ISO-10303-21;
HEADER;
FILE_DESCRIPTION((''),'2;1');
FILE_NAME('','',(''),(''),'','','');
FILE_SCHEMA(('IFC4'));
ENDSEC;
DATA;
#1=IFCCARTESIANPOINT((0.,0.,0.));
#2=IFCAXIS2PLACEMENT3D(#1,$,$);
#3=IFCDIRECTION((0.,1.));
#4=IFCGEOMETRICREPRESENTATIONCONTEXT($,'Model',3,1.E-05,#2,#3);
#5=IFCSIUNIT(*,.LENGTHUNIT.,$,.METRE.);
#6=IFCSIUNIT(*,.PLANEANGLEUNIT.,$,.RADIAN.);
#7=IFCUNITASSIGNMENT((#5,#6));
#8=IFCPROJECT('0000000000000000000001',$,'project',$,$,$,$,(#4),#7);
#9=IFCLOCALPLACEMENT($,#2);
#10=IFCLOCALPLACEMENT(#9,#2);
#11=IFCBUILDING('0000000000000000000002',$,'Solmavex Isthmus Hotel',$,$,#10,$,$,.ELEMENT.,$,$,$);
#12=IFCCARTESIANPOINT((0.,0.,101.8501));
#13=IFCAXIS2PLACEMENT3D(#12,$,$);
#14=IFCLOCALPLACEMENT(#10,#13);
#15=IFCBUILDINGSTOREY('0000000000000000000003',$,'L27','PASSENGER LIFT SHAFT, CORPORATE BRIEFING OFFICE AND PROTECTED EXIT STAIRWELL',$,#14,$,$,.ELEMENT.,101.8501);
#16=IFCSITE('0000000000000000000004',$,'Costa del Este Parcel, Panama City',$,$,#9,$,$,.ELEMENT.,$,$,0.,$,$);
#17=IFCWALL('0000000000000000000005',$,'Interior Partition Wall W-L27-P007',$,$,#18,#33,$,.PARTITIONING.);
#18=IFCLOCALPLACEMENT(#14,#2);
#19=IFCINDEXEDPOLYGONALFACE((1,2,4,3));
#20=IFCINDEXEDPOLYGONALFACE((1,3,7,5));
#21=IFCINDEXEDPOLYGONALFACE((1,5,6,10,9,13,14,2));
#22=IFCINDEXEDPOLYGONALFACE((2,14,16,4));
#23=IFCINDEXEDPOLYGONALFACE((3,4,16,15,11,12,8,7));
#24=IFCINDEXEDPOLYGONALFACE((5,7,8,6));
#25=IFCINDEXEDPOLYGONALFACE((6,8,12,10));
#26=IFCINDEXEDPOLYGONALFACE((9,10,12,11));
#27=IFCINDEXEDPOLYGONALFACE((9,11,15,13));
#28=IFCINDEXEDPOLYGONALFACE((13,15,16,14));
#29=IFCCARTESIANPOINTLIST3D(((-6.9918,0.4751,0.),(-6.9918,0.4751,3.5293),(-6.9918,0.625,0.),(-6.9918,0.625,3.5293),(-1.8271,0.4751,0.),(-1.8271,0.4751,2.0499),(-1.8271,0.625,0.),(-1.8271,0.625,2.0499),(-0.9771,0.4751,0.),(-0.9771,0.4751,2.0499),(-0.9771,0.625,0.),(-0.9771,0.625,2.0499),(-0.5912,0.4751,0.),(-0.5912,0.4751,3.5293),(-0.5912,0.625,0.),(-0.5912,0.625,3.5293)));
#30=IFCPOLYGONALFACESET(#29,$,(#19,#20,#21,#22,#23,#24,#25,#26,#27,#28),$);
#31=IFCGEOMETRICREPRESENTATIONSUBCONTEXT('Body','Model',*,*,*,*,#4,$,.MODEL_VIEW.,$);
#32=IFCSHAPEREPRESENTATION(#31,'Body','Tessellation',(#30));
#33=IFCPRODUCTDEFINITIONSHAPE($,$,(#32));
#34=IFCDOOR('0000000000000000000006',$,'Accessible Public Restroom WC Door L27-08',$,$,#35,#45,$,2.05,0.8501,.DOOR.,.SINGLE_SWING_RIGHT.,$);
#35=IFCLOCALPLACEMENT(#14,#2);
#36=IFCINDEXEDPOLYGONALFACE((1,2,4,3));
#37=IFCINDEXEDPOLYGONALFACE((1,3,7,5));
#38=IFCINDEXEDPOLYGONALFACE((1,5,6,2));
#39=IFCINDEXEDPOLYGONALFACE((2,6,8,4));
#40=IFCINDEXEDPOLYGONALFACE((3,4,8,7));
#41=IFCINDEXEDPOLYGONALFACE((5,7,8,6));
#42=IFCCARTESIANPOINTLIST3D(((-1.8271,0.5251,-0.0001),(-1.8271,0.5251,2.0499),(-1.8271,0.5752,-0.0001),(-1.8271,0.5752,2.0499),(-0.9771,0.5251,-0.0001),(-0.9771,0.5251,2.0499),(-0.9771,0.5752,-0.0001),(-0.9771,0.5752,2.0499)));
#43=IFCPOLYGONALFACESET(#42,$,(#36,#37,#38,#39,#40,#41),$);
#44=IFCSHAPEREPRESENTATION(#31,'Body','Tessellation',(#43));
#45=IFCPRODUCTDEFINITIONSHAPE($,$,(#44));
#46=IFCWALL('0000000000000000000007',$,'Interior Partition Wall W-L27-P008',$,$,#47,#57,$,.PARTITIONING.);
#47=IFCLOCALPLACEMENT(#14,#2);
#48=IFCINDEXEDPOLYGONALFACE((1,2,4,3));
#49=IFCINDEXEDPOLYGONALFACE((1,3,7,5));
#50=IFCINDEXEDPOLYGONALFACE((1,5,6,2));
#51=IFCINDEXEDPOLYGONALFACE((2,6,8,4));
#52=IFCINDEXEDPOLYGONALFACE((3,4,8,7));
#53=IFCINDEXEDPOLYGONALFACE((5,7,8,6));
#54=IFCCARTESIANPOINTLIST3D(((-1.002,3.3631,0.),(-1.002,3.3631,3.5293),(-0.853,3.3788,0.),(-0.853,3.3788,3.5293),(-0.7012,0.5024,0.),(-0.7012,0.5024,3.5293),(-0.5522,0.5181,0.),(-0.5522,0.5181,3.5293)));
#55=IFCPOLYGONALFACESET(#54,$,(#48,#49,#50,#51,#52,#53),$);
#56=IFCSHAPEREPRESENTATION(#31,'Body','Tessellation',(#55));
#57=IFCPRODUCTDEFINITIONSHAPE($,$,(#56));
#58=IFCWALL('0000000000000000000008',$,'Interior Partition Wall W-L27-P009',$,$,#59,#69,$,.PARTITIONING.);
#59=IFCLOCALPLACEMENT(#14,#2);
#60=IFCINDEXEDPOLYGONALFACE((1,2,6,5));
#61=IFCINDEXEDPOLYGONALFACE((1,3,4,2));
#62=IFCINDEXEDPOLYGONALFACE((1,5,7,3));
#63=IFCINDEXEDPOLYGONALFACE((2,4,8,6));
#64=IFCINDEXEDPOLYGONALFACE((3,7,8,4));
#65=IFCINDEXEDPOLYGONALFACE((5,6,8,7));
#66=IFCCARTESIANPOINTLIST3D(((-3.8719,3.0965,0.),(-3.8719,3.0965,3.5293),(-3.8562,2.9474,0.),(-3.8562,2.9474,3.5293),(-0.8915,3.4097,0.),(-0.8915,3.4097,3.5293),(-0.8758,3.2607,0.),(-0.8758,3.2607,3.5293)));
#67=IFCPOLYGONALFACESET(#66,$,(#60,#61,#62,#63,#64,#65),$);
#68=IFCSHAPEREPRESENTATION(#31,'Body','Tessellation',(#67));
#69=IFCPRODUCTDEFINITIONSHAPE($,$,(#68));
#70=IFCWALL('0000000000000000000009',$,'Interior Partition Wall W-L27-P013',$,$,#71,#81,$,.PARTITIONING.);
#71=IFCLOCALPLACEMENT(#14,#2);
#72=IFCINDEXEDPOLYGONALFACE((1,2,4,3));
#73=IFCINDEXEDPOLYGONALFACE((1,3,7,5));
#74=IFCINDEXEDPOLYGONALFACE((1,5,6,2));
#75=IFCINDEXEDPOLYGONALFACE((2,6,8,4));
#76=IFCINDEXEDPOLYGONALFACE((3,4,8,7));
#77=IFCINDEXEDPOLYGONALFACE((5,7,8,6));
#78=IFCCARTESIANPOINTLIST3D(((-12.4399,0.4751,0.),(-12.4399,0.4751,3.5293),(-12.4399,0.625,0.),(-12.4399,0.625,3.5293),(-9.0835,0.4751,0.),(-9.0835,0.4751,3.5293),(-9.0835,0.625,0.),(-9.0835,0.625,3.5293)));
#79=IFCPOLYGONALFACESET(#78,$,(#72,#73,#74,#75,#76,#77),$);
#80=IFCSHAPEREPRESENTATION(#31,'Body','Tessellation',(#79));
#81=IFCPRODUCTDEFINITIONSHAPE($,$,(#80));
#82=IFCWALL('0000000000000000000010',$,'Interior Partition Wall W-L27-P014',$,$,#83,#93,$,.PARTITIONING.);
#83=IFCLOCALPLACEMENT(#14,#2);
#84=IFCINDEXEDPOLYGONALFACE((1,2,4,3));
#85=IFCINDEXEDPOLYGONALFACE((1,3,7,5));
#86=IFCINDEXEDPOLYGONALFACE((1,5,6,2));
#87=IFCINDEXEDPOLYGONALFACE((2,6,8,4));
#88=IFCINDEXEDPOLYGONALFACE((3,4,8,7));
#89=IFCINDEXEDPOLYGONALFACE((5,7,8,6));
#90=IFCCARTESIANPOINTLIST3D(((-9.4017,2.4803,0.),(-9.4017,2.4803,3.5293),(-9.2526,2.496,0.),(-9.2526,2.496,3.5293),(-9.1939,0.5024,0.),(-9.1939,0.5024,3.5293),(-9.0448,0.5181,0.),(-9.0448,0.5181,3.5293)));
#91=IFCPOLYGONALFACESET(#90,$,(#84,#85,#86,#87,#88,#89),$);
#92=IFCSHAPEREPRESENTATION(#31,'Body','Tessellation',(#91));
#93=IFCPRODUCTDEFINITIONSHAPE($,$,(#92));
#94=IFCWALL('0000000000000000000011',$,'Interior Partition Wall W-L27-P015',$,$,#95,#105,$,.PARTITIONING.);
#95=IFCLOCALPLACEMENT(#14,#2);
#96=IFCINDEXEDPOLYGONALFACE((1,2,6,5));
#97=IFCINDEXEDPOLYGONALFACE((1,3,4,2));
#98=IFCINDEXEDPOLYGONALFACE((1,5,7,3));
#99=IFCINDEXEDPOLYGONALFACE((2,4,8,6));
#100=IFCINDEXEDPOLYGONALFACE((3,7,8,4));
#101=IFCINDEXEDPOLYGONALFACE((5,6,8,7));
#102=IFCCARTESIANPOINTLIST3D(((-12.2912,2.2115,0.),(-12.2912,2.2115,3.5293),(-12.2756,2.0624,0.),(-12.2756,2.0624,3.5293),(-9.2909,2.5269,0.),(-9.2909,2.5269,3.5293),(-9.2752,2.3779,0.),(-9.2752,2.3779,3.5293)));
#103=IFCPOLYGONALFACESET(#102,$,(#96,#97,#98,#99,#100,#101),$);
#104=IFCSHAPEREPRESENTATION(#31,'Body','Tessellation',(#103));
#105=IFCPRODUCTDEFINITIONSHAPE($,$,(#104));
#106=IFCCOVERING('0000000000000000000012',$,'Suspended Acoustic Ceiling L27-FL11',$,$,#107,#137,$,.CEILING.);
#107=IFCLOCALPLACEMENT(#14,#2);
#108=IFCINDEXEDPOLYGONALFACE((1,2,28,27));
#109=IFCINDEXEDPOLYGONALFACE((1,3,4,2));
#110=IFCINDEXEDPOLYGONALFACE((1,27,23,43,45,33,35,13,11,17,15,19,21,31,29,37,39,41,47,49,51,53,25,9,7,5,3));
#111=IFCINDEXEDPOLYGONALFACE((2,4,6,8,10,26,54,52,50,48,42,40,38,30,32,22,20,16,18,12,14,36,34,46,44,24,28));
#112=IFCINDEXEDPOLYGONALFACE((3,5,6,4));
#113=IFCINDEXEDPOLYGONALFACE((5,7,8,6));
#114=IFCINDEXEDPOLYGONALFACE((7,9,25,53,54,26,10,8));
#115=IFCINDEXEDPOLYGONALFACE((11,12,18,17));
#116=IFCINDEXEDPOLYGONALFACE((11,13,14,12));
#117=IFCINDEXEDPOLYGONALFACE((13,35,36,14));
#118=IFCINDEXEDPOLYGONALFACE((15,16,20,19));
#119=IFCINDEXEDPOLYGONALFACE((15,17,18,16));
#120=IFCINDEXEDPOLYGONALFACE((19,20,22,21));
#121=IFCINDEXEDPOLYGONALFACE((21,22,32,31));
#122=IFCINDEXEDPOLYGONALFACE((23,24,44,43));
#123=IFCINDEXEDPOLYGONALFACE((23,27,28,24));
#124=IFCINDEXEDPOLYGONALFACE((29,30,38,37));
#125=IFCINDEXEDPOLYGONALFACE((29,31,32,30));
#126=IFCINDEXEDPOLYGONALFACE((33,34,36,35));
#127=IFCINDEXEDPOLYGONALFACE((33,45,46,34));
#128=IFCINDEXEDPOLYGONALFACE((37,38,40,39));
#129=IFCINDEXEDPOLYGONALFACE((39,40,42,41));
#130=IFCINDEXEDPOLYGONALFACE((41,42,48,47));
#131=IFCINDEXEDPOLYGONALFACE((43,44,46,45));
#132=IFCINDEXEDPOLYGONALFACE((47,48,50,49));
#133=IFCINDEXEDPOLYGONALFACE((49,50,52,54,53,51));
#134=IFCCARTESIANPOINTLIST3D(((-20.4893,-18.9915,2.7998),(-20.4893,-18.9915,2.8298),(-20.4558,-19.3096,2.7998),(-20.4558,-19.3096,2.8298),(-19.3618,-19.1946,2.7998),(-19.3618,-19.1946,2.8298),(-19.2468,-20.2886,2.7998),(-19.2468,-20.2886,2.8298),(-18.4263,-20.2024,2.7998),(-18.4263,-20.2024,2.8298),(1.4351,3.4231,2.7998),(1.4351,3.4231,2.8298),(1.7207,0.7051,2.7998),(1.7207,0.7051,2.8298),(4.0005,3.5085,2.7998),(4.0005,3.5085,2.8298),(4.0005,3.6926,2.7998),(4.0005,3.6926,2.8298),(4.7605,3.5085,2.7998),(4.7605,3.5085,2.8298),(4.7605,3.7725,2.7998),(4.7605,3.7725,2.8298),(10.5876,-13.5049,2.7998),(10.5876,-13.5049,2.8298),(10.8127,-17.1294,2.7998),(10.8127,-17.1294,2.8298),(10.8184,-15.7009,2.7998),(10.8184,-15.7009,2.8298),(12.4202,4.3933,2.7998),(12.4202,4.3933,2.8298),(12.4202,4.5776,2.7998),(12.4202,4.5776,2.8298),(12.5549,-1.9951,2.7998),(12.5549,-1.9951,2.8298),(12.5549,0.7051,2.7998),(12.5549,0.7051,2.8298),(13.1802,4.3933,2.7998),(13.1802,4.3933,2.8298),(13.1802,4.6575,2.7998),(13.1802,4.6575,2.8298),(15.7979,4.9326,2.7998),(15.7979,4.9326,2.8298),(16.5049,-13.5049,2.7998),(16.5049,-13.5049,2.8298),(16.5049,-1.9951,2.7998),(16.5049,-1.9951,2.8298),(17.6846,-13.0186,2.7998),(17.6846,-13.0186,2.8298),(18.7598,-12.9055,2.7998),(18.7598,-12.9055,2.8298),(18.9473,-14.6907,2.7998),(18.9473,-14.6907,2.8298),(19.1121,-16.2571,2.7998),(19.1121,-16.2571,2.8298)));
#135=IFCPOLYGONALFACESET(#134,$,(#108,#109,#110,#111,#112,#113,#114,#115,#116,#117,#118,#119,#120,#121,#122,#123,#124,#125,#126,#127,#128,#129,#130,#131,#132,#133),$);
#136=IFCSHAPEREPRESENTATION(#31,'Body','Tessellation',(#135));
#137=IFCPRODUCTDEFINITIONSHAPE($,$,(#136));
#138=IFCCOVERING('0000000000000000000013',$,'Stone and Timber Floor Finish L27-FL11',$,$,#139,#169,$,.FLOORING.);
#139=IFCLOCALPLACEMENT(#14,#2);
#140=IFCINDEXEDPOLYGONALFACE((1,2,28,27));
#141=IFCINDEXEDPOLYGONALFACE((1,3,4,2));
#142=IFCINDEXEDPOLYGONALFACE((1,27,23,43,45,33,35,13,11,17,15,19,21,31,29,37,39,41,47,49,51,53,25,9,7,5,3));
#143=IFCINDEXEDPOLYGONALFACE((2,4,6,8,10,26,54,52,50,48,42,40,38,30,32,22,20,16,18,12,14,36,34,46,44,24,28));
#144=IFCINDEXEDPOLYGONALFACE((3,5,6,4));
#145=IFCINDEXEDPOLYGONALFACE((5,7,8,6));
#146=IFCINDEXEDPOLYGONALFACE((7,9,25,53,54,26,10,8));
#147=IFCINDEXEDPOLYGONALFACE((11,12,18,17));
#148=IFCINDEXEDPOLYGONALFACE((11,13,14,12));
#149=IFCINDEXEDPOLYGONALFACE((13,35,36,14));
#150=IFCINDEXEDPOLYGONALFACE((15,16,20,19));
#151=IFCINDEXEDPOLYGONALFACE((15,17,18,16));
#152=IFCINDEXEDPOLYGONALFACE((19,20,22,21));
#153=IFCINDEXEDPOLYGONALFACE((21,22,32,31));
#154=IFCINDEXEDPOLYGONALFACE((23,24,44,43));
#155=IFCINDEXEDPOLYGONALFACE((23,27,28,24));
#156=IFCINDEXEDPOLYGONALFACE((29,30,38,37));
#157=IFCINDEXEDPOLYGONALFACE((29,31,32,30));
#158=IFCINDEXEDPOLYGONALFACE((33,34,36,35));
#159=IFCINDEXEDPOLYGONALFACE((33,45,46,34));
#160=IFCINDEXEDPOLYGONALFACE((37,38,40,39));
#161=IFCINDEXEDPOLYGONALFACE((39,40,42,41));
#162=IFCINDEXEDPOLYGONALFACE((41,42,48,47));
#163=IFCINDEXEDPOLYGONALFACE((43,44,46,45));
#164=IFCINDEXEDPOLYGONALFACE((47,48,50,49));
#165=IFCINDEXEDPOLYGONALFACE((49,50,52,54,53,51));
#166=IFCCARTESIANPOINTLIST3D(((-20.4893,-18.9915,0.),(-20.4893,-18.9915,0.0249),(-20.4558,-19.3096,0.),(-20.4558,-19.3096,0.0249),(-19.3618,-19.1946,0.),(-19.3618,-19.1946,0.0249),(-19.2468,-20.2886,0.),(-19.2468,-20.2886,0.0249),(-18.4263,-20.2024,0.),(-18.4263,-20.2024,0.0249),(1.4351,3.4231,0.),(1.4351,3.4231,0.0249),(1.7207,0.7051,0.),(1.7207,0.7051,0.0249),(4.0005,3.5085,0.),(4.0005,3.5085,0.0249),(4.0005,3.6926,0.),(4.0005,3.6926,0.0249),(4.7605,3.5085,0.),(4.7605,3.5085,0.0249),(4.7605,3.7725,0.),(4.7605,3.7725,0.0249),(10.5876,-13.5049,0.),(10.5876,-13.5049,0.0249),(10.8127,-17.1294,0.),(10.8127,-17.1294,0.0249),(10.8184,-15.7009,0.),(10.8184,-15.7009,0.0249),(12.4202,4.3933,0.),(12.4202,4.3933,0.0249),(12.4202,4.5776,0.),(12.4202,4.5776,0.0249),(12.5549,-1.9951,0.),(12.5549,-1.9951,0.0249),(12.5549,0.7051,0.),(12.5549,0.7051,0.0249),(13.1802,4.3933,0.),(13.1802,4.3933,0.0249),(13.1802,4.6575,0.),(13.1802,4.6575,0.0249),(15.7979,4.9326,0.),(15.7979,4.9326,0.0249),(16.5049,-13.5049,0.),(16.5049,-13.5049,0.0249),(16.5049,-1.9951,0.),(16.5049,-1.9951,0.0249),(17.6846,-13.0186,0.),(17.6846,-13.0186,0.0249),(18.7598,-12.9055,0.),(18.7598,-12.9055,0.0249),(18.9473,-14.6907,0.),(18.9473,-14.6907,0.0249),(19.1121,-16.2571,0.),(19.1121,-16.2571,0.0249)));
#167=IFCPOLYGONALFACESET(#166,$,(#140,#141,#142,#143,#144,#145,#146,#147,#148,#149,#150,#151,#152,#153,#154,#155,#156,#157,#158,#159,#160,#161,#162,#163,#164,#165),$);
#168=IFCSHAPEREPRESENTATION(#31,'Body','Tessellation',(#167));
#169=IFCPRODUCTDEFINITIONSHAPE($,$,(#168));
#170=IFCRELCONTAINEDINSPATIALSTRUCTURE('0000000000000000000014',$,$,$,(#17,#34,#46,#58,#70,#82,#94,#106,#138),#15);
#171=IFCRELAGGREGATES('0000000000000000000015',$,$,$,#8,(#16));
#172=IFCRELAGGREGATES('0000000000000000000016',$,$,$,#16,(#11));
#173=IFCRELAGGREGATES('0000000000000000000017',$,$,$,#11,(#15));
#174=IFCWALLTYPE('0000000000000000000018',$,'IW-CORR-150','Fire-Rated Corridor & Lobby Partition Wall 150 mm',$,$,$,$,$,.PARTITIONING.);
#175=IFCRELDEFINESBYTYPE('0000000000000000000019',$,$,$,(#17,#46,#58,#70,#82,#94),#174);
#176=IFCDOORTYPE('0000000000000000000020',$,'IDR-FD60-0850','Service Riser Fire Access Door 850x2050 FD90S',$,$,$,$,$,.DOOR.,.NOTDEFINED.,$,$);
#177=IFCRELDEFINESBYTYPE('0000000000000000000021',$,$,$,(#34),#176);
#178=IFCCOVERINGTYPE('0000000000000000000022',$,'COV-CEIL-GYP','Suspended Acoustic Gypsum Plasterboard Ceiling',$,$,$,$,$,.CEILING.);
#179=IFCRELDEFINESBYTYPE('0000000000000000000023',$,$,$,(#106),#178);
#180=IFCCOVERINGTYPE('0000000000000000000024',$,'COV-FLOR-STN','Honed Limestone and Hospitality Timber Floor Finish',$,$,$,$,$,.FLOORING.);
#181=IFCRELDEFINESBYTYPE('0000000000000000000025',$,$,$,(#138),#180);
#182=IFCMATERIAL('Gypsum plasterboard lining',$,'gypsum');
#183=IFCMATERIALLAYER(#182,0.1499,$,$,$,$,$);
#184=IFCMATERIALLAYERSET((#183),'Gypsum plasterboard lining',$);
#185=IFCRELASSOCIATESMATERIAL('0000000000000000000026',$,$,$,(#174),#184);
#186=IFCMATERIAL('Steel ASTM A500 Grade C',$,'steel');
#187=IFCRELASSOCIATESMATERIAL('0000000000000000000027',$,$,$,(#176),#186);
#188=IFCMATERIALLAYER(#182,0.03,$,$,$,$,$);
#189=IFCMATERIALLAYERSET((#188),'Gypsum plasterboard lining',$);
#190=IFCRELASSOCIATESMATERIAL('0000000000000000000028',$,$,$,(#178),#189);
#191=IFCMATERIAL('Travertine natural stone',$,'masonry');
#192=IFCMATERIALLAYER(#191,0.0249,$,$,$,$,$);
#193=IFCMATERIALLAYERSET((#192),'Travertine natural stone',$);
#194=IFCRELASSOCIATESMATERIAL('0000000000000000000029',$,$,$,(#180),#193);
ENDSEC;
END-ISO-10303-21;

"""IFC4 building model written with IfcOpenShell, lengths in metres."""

from ifc_helpers import new_model, si_unit, direction, frame, frame_2d, origin, place, context, subcontext, project, spatial, polyline, rectangle, outline, extrude, material, layer, layer_set, type_object, element, fill, save


model = new_model("IFC4")

# Units and contexts
model_context = context("Model", 3, precision=1e-05, world=origin(), true_north=direction((0.0, 1.0)))
body_context = subcontext(model_context, "Body", "Model", "MODEL_VIEW")
ifc_project = project(units=[si_unit("LENGTHUNIT", "METRE"), si_unit("PLANEANGLEUNIT", "RADIAN")], contexts=[model_context])

# Site, building, storey
site_placement = place(None, origin())
site = spatial("IfcSite", under=ifc_project, at=site_placement, Name="Costa del Este Parcel, Panama City", CompositionType="ELEMENT", RefElevation=0.0)
building_placement = place(site_placement, origin())
building = spatial("IfcBuilding", under=site, at=building_placement, Name="Solmavex Isthmus Hotel", CompositionType="ELEMENT")
storey_placement = place(building_placement, frame((0.0, 0.0, 101.8501)))
storey = spatial("IfcBuildingStorey", under=building, at=storey_placement, Name="L27", Description="PASSENGER LIFT SHAFT, CORPORATE BRIEFING OFFICE AND PROTECTED EXIT STAIRWELL", CompositionType="ELEMENT", Elevation=101.8501)

# Shared definitions
ifc_material_1 = material(Name="Gypsum plasterboard lining", Category="gypsum")
ifc_layer_1 = layer(ifc_material_1, 0.1499)
ifc_layer_set_1 = layer_set([ifc_layer_1], Name="Gypsum plasterboard lining")
wall_type = type_object("IfcWallType", Name="IW-CORR-150", Description="Fire-Rated Corridor & Lobby Partition Wall 150 mm", PredefinedType="PARTITIONING", material=ifc_layer_set_1)

# Wall, opening, door
wall_1_placement = place(storey_placement, frame((-6.9917, 0.55, 0.0), z_axis=(0.0, 0.0, 1.0), x_axis=(1.0, 0.0, 0.0)))
wall_1 = element("IfcWall", 1, at=wall_1_placement, inside=storey, type_object=wall_type, Name="Interior Partition Wall W-L27-P007", PredefinedType="PARTITIONING", context=body_context, shape_type="SweptSolid", body=[
    extrude(rectangle(XDim=6.4006, YDim=0.1499, at=frame_2d((3.2002, 0.0))), origin(), (0.0, 0.0, 1.0), 3.5293),
])
opening_1_placement = place(wall_1_placement, frame((5.1646, 0.0, 0.0)))
opening_1 = element("IfcOpeningElement", 2, at=opening_1_placement, cuts=wall_1, PredefinedType="OPENING", context=body_context, shape_type="SweptSolid", body=[
    extrude(rectangle(XDim=0.8501, YDim=2.05, at=frame_2d((0.425, 1.0249))), frame((0.0, 0.085, 0.0), z_axis=(0.0, -1.0, 0.0), x_axis=(1.0, 0.0, 0.0)), (0.0, 0.0, 1.0), 0.1699),
])
ifc_material_2 = material(Name="Steel ASTM A500 Grade C", Category="steel")
door_type_1 = type_object("IfcDoorType", Name="IDR-FD60-0850", Description="Service Riser Fire Access Door 850x2050 FD90S", OperationType="NOTDEFINED", PredefinedType="DOOR", material=ifc_material_2)
door_1_placement = place(opening_1_placement, frame((0.8501, 0.0, 0.0), z_axis=(0.0, 0.0, 1.0), x_axis=(-1.0, 0.0, 0.0)))
door_1 = element("IfcDoor", 3, at=door_1_placement, inside=storey, type_object=door_type_1, Name="Accessible Public Restroom WC Door L27-08", OperationType="SINGLE_SWING_RIGHT", OverallHeight=2.05, OverallWidth=0.8501, PredefinedType="DOOR", context=body_context, shape_type="SweptSolid", body=[
    extrude(rectangle(XDim=0.8501, YDim=2.05, at=frame_2d((0.425, 1.0249))), frame((0.0, 0.0249, 0.0), z_axis=(0.0, -1.0, 0.0), x_axis=(1.0, 0.0, 0.0)), (0.0, 0.0, 1.0), 0.05),
])
fill(opening_1, door_1)

# Walls
wall_2_placement = place(storey_placement, frame((-0.6267, 0.5103, 0.0), z_axis=(0.0, 0.0, 1.0), x_axis=(-0.10457, 0.994518, 0.0)))
element("IfcWall", 4, at=wall_2_placement, inside=storey, type_object=wall_type, Name="Interior Partition Wall W-L27-P008", PredefinedType="PARTITIONING", context=body_context, shape_type="SweptSolid", body=[
    extrude(rectangle(XDim=2.8765, YDim=0.1499, at=frame_2d((1.4382, 0.0))), origin(), (0.0, 0.0, 1.0), 3.5293),
])
wall_3_placement = place(storey_placement, frame((-0.8835, 3.3352, 0.0), z_axis=(0.0, 0.0, 1.0), x_axis=(-0.994523, -0.104519, 0.0)))
element("IfcWall", 5, at=wall_3_placement, inside=storey, type_object=wall_type, Name="Interior Partition Wall W-L27-P009", PredefinedType="PARTITIONING", context=body_context, shape_type="SweptSolid", body=[
    extrude(rectangle(XDim=2.9968, YDim=0.1499, at=frame_2d((1.4985, 0.0))), origin(), (0.0, 0.0, 1.0), 3.5293),
])
wall_4_placement = place(storey_placement, frame((-12.4399, 0.55, 0.0), z_axis=(0.0, 0.0, 1.0), x_axis=(1.0, 0.0, 0.0)))
element("IfcWall", 6, at=wall_4_placement, inside=storey, type_object=wall_type, Name="Interior Partition Wall W-L27-P013", PredefinedType="PARTITIONING", context=body_context, shape_type="SweptSolid", body=[
    extrude(rectangle(XDim=3.3564, YDim=0.1499, at=frame_2d((1.6782, 0.0))), origin(), (0.0, 0.0, 1.0), 3.5293),
])
wall_5_placement = place(storey_placement, frame((-9.1194, 0.5103, 0.0), z_axis=(0.0, 0.0, 1.0), x_axis=(-0.104474, 0.994528, 0.0)))
element("IfcWall", 7, at=wall_5_placement, inside=storey, type_object=wall_type, Name="Interior Partition Wall W-L27-P014", PredefinedType="PARTITIONING", context=body_context, shape_type="SweptSolid", body=[
    extrude(rectangle(XDim=1.9888, YDim=0.1499, at=frame_2d((0.9944, 0.0))), origin(), (0.0, 0.0, 1.0), 3.5293),
])
wall_6_placement = place(storey_placement, frame((-9.2832, 2.4524, 0.0), z_axis=(0.0, 0.0, 1.0), x_axis=(-0.994519, -0.104558, 0.0)))
element("IfcWall", 8, at=wall_6_placement, inside=storey, type_object=wall_type, Name="Interior Partition Wall W-L27-P015", PredefinedType="PARTITIONING", context=body_context, shape_type="SweptSolid", body=[
    extrude(rectangle(XDim=3.0168, YDim=0.1499, at=frame_2d((1.5083, 0.0))), origin(), (0.0, 0.0, 1.0), 3.5293),
])

# Coverings
ifc_layer_2 = layer(ifc_material_1, 0.03)
ifc_layer_set_2 = layer_set([ifc_layer_2], Name="Gypsum plasterboard lining")
covering_type_1 = type_object("IfcCoveringType", Name="COV-CEIL-GYP", Description="Suspended Acoustic Gypsum Plasterboard Ceiling", PredefinedType="CEILING", material=ifc_layer_set_2)
covering_1_placement = place(storey_placement, frame((0.0, 0.0, 2.7998)))
element("IfcCovering", 9, at=covering_1_placement, inside=storey, type_object=covering_type_1, Name="Suspended Acoustic Ceiling L27-FL11", PredefinedType="CEILING", context=body_context, shape_type="SweptSolid", body=[
    extrude(outline(polyline([(4.7605, 3.7725), (4.7605, 3.5085), (4.0005, 3.5085), (4.0005, 3.6926), (1.4351, 3.4231), (1.7207, 0.7051), (12.5549, 0.7051), (12.5549, -1.9951), (16.5049, -1.9951), (16.5049, -13.5049), (10.5876, -13.5049), (10.8184, -15.7009), (-20.4893, -18.9915), (-20.4558, -19.3096), (-19.3618, -19.1946), (-19.2468, -20.2886), (-18.4263, -20.2024), (10.8127, -17.1294), (19.1121, -16.2571), (18.9473, -14.6907), (18.7598, -12.9055), (17.6846, -13.0186), (15.7979, 4.9326), (13.1802, 4.6575), (13.1802, 4.3933), (12.4202, 4.3933), (12.4202, 4.5776), (4.7605, 3.7725)])), origin(), (0.0, 0.0, 1.0), 0.03),
])
ifc_material_3 = material(Name="Travertine natural stone", Category="masonry")
ifc_layer_3 = layer(ifc_material_3, 0.0249)
ifc_layer_set_3 = layer_set([ifc_layer_3], Name="Travertine natural stone")
covering_type_2 = type_object("IfcCoveringType", Name="COV-FLOR-STN", Description="Honed Limestone and Hospitality Timber Floor Finish", PredefinedType="FLOORING", material=ifc_layer_set_3)
covering_2_placement = place(storey_placement, origin())
element("IfcCovering", 10, at=covering_2_placement, inside=storey, type_object=covering_type_2, Name="Stone and Timber Floor Finish L27-FL11", PredefinedType="FLOORING", context=body_context, shape_type="SweptSolid", body=[
    extrude(outline(polyline([(4.7605, 3.7725), (4.7605, 3.5085), (4.0005, 3.5085), (4.0005, 3.6926), (1.4351, 3.4231), (1.7207, 0.7051), (12.5549, 0.7051), (12.5549, -1.9951), (16.5049, -1.9951), (16.5049, -13.5049), (10.5876, -13.5049), (10.8184, -15.7009), (-20.4893, -18.9915), (-20.4558, -19.3096), (-19.3618, -19.1946), (-19.2468, -20.2886), (-18.4263, -20.2024), (10.8127, -17.1294), (19.1121, -16.2571), (18.9473, -14.6907), (18.7598, -12.9055), (17.6846, -13.0186), (15.7979, 4.9326), (13.1802, 4.6575), (13.1802, 4.3933), (12.4202, 4.3933), (12.4202, 4.5776), (4.7605, 3.7725)])), origin(), (0.0, 0.0, 1.0), 0.0249),
])

save(model, "model.ifc")
